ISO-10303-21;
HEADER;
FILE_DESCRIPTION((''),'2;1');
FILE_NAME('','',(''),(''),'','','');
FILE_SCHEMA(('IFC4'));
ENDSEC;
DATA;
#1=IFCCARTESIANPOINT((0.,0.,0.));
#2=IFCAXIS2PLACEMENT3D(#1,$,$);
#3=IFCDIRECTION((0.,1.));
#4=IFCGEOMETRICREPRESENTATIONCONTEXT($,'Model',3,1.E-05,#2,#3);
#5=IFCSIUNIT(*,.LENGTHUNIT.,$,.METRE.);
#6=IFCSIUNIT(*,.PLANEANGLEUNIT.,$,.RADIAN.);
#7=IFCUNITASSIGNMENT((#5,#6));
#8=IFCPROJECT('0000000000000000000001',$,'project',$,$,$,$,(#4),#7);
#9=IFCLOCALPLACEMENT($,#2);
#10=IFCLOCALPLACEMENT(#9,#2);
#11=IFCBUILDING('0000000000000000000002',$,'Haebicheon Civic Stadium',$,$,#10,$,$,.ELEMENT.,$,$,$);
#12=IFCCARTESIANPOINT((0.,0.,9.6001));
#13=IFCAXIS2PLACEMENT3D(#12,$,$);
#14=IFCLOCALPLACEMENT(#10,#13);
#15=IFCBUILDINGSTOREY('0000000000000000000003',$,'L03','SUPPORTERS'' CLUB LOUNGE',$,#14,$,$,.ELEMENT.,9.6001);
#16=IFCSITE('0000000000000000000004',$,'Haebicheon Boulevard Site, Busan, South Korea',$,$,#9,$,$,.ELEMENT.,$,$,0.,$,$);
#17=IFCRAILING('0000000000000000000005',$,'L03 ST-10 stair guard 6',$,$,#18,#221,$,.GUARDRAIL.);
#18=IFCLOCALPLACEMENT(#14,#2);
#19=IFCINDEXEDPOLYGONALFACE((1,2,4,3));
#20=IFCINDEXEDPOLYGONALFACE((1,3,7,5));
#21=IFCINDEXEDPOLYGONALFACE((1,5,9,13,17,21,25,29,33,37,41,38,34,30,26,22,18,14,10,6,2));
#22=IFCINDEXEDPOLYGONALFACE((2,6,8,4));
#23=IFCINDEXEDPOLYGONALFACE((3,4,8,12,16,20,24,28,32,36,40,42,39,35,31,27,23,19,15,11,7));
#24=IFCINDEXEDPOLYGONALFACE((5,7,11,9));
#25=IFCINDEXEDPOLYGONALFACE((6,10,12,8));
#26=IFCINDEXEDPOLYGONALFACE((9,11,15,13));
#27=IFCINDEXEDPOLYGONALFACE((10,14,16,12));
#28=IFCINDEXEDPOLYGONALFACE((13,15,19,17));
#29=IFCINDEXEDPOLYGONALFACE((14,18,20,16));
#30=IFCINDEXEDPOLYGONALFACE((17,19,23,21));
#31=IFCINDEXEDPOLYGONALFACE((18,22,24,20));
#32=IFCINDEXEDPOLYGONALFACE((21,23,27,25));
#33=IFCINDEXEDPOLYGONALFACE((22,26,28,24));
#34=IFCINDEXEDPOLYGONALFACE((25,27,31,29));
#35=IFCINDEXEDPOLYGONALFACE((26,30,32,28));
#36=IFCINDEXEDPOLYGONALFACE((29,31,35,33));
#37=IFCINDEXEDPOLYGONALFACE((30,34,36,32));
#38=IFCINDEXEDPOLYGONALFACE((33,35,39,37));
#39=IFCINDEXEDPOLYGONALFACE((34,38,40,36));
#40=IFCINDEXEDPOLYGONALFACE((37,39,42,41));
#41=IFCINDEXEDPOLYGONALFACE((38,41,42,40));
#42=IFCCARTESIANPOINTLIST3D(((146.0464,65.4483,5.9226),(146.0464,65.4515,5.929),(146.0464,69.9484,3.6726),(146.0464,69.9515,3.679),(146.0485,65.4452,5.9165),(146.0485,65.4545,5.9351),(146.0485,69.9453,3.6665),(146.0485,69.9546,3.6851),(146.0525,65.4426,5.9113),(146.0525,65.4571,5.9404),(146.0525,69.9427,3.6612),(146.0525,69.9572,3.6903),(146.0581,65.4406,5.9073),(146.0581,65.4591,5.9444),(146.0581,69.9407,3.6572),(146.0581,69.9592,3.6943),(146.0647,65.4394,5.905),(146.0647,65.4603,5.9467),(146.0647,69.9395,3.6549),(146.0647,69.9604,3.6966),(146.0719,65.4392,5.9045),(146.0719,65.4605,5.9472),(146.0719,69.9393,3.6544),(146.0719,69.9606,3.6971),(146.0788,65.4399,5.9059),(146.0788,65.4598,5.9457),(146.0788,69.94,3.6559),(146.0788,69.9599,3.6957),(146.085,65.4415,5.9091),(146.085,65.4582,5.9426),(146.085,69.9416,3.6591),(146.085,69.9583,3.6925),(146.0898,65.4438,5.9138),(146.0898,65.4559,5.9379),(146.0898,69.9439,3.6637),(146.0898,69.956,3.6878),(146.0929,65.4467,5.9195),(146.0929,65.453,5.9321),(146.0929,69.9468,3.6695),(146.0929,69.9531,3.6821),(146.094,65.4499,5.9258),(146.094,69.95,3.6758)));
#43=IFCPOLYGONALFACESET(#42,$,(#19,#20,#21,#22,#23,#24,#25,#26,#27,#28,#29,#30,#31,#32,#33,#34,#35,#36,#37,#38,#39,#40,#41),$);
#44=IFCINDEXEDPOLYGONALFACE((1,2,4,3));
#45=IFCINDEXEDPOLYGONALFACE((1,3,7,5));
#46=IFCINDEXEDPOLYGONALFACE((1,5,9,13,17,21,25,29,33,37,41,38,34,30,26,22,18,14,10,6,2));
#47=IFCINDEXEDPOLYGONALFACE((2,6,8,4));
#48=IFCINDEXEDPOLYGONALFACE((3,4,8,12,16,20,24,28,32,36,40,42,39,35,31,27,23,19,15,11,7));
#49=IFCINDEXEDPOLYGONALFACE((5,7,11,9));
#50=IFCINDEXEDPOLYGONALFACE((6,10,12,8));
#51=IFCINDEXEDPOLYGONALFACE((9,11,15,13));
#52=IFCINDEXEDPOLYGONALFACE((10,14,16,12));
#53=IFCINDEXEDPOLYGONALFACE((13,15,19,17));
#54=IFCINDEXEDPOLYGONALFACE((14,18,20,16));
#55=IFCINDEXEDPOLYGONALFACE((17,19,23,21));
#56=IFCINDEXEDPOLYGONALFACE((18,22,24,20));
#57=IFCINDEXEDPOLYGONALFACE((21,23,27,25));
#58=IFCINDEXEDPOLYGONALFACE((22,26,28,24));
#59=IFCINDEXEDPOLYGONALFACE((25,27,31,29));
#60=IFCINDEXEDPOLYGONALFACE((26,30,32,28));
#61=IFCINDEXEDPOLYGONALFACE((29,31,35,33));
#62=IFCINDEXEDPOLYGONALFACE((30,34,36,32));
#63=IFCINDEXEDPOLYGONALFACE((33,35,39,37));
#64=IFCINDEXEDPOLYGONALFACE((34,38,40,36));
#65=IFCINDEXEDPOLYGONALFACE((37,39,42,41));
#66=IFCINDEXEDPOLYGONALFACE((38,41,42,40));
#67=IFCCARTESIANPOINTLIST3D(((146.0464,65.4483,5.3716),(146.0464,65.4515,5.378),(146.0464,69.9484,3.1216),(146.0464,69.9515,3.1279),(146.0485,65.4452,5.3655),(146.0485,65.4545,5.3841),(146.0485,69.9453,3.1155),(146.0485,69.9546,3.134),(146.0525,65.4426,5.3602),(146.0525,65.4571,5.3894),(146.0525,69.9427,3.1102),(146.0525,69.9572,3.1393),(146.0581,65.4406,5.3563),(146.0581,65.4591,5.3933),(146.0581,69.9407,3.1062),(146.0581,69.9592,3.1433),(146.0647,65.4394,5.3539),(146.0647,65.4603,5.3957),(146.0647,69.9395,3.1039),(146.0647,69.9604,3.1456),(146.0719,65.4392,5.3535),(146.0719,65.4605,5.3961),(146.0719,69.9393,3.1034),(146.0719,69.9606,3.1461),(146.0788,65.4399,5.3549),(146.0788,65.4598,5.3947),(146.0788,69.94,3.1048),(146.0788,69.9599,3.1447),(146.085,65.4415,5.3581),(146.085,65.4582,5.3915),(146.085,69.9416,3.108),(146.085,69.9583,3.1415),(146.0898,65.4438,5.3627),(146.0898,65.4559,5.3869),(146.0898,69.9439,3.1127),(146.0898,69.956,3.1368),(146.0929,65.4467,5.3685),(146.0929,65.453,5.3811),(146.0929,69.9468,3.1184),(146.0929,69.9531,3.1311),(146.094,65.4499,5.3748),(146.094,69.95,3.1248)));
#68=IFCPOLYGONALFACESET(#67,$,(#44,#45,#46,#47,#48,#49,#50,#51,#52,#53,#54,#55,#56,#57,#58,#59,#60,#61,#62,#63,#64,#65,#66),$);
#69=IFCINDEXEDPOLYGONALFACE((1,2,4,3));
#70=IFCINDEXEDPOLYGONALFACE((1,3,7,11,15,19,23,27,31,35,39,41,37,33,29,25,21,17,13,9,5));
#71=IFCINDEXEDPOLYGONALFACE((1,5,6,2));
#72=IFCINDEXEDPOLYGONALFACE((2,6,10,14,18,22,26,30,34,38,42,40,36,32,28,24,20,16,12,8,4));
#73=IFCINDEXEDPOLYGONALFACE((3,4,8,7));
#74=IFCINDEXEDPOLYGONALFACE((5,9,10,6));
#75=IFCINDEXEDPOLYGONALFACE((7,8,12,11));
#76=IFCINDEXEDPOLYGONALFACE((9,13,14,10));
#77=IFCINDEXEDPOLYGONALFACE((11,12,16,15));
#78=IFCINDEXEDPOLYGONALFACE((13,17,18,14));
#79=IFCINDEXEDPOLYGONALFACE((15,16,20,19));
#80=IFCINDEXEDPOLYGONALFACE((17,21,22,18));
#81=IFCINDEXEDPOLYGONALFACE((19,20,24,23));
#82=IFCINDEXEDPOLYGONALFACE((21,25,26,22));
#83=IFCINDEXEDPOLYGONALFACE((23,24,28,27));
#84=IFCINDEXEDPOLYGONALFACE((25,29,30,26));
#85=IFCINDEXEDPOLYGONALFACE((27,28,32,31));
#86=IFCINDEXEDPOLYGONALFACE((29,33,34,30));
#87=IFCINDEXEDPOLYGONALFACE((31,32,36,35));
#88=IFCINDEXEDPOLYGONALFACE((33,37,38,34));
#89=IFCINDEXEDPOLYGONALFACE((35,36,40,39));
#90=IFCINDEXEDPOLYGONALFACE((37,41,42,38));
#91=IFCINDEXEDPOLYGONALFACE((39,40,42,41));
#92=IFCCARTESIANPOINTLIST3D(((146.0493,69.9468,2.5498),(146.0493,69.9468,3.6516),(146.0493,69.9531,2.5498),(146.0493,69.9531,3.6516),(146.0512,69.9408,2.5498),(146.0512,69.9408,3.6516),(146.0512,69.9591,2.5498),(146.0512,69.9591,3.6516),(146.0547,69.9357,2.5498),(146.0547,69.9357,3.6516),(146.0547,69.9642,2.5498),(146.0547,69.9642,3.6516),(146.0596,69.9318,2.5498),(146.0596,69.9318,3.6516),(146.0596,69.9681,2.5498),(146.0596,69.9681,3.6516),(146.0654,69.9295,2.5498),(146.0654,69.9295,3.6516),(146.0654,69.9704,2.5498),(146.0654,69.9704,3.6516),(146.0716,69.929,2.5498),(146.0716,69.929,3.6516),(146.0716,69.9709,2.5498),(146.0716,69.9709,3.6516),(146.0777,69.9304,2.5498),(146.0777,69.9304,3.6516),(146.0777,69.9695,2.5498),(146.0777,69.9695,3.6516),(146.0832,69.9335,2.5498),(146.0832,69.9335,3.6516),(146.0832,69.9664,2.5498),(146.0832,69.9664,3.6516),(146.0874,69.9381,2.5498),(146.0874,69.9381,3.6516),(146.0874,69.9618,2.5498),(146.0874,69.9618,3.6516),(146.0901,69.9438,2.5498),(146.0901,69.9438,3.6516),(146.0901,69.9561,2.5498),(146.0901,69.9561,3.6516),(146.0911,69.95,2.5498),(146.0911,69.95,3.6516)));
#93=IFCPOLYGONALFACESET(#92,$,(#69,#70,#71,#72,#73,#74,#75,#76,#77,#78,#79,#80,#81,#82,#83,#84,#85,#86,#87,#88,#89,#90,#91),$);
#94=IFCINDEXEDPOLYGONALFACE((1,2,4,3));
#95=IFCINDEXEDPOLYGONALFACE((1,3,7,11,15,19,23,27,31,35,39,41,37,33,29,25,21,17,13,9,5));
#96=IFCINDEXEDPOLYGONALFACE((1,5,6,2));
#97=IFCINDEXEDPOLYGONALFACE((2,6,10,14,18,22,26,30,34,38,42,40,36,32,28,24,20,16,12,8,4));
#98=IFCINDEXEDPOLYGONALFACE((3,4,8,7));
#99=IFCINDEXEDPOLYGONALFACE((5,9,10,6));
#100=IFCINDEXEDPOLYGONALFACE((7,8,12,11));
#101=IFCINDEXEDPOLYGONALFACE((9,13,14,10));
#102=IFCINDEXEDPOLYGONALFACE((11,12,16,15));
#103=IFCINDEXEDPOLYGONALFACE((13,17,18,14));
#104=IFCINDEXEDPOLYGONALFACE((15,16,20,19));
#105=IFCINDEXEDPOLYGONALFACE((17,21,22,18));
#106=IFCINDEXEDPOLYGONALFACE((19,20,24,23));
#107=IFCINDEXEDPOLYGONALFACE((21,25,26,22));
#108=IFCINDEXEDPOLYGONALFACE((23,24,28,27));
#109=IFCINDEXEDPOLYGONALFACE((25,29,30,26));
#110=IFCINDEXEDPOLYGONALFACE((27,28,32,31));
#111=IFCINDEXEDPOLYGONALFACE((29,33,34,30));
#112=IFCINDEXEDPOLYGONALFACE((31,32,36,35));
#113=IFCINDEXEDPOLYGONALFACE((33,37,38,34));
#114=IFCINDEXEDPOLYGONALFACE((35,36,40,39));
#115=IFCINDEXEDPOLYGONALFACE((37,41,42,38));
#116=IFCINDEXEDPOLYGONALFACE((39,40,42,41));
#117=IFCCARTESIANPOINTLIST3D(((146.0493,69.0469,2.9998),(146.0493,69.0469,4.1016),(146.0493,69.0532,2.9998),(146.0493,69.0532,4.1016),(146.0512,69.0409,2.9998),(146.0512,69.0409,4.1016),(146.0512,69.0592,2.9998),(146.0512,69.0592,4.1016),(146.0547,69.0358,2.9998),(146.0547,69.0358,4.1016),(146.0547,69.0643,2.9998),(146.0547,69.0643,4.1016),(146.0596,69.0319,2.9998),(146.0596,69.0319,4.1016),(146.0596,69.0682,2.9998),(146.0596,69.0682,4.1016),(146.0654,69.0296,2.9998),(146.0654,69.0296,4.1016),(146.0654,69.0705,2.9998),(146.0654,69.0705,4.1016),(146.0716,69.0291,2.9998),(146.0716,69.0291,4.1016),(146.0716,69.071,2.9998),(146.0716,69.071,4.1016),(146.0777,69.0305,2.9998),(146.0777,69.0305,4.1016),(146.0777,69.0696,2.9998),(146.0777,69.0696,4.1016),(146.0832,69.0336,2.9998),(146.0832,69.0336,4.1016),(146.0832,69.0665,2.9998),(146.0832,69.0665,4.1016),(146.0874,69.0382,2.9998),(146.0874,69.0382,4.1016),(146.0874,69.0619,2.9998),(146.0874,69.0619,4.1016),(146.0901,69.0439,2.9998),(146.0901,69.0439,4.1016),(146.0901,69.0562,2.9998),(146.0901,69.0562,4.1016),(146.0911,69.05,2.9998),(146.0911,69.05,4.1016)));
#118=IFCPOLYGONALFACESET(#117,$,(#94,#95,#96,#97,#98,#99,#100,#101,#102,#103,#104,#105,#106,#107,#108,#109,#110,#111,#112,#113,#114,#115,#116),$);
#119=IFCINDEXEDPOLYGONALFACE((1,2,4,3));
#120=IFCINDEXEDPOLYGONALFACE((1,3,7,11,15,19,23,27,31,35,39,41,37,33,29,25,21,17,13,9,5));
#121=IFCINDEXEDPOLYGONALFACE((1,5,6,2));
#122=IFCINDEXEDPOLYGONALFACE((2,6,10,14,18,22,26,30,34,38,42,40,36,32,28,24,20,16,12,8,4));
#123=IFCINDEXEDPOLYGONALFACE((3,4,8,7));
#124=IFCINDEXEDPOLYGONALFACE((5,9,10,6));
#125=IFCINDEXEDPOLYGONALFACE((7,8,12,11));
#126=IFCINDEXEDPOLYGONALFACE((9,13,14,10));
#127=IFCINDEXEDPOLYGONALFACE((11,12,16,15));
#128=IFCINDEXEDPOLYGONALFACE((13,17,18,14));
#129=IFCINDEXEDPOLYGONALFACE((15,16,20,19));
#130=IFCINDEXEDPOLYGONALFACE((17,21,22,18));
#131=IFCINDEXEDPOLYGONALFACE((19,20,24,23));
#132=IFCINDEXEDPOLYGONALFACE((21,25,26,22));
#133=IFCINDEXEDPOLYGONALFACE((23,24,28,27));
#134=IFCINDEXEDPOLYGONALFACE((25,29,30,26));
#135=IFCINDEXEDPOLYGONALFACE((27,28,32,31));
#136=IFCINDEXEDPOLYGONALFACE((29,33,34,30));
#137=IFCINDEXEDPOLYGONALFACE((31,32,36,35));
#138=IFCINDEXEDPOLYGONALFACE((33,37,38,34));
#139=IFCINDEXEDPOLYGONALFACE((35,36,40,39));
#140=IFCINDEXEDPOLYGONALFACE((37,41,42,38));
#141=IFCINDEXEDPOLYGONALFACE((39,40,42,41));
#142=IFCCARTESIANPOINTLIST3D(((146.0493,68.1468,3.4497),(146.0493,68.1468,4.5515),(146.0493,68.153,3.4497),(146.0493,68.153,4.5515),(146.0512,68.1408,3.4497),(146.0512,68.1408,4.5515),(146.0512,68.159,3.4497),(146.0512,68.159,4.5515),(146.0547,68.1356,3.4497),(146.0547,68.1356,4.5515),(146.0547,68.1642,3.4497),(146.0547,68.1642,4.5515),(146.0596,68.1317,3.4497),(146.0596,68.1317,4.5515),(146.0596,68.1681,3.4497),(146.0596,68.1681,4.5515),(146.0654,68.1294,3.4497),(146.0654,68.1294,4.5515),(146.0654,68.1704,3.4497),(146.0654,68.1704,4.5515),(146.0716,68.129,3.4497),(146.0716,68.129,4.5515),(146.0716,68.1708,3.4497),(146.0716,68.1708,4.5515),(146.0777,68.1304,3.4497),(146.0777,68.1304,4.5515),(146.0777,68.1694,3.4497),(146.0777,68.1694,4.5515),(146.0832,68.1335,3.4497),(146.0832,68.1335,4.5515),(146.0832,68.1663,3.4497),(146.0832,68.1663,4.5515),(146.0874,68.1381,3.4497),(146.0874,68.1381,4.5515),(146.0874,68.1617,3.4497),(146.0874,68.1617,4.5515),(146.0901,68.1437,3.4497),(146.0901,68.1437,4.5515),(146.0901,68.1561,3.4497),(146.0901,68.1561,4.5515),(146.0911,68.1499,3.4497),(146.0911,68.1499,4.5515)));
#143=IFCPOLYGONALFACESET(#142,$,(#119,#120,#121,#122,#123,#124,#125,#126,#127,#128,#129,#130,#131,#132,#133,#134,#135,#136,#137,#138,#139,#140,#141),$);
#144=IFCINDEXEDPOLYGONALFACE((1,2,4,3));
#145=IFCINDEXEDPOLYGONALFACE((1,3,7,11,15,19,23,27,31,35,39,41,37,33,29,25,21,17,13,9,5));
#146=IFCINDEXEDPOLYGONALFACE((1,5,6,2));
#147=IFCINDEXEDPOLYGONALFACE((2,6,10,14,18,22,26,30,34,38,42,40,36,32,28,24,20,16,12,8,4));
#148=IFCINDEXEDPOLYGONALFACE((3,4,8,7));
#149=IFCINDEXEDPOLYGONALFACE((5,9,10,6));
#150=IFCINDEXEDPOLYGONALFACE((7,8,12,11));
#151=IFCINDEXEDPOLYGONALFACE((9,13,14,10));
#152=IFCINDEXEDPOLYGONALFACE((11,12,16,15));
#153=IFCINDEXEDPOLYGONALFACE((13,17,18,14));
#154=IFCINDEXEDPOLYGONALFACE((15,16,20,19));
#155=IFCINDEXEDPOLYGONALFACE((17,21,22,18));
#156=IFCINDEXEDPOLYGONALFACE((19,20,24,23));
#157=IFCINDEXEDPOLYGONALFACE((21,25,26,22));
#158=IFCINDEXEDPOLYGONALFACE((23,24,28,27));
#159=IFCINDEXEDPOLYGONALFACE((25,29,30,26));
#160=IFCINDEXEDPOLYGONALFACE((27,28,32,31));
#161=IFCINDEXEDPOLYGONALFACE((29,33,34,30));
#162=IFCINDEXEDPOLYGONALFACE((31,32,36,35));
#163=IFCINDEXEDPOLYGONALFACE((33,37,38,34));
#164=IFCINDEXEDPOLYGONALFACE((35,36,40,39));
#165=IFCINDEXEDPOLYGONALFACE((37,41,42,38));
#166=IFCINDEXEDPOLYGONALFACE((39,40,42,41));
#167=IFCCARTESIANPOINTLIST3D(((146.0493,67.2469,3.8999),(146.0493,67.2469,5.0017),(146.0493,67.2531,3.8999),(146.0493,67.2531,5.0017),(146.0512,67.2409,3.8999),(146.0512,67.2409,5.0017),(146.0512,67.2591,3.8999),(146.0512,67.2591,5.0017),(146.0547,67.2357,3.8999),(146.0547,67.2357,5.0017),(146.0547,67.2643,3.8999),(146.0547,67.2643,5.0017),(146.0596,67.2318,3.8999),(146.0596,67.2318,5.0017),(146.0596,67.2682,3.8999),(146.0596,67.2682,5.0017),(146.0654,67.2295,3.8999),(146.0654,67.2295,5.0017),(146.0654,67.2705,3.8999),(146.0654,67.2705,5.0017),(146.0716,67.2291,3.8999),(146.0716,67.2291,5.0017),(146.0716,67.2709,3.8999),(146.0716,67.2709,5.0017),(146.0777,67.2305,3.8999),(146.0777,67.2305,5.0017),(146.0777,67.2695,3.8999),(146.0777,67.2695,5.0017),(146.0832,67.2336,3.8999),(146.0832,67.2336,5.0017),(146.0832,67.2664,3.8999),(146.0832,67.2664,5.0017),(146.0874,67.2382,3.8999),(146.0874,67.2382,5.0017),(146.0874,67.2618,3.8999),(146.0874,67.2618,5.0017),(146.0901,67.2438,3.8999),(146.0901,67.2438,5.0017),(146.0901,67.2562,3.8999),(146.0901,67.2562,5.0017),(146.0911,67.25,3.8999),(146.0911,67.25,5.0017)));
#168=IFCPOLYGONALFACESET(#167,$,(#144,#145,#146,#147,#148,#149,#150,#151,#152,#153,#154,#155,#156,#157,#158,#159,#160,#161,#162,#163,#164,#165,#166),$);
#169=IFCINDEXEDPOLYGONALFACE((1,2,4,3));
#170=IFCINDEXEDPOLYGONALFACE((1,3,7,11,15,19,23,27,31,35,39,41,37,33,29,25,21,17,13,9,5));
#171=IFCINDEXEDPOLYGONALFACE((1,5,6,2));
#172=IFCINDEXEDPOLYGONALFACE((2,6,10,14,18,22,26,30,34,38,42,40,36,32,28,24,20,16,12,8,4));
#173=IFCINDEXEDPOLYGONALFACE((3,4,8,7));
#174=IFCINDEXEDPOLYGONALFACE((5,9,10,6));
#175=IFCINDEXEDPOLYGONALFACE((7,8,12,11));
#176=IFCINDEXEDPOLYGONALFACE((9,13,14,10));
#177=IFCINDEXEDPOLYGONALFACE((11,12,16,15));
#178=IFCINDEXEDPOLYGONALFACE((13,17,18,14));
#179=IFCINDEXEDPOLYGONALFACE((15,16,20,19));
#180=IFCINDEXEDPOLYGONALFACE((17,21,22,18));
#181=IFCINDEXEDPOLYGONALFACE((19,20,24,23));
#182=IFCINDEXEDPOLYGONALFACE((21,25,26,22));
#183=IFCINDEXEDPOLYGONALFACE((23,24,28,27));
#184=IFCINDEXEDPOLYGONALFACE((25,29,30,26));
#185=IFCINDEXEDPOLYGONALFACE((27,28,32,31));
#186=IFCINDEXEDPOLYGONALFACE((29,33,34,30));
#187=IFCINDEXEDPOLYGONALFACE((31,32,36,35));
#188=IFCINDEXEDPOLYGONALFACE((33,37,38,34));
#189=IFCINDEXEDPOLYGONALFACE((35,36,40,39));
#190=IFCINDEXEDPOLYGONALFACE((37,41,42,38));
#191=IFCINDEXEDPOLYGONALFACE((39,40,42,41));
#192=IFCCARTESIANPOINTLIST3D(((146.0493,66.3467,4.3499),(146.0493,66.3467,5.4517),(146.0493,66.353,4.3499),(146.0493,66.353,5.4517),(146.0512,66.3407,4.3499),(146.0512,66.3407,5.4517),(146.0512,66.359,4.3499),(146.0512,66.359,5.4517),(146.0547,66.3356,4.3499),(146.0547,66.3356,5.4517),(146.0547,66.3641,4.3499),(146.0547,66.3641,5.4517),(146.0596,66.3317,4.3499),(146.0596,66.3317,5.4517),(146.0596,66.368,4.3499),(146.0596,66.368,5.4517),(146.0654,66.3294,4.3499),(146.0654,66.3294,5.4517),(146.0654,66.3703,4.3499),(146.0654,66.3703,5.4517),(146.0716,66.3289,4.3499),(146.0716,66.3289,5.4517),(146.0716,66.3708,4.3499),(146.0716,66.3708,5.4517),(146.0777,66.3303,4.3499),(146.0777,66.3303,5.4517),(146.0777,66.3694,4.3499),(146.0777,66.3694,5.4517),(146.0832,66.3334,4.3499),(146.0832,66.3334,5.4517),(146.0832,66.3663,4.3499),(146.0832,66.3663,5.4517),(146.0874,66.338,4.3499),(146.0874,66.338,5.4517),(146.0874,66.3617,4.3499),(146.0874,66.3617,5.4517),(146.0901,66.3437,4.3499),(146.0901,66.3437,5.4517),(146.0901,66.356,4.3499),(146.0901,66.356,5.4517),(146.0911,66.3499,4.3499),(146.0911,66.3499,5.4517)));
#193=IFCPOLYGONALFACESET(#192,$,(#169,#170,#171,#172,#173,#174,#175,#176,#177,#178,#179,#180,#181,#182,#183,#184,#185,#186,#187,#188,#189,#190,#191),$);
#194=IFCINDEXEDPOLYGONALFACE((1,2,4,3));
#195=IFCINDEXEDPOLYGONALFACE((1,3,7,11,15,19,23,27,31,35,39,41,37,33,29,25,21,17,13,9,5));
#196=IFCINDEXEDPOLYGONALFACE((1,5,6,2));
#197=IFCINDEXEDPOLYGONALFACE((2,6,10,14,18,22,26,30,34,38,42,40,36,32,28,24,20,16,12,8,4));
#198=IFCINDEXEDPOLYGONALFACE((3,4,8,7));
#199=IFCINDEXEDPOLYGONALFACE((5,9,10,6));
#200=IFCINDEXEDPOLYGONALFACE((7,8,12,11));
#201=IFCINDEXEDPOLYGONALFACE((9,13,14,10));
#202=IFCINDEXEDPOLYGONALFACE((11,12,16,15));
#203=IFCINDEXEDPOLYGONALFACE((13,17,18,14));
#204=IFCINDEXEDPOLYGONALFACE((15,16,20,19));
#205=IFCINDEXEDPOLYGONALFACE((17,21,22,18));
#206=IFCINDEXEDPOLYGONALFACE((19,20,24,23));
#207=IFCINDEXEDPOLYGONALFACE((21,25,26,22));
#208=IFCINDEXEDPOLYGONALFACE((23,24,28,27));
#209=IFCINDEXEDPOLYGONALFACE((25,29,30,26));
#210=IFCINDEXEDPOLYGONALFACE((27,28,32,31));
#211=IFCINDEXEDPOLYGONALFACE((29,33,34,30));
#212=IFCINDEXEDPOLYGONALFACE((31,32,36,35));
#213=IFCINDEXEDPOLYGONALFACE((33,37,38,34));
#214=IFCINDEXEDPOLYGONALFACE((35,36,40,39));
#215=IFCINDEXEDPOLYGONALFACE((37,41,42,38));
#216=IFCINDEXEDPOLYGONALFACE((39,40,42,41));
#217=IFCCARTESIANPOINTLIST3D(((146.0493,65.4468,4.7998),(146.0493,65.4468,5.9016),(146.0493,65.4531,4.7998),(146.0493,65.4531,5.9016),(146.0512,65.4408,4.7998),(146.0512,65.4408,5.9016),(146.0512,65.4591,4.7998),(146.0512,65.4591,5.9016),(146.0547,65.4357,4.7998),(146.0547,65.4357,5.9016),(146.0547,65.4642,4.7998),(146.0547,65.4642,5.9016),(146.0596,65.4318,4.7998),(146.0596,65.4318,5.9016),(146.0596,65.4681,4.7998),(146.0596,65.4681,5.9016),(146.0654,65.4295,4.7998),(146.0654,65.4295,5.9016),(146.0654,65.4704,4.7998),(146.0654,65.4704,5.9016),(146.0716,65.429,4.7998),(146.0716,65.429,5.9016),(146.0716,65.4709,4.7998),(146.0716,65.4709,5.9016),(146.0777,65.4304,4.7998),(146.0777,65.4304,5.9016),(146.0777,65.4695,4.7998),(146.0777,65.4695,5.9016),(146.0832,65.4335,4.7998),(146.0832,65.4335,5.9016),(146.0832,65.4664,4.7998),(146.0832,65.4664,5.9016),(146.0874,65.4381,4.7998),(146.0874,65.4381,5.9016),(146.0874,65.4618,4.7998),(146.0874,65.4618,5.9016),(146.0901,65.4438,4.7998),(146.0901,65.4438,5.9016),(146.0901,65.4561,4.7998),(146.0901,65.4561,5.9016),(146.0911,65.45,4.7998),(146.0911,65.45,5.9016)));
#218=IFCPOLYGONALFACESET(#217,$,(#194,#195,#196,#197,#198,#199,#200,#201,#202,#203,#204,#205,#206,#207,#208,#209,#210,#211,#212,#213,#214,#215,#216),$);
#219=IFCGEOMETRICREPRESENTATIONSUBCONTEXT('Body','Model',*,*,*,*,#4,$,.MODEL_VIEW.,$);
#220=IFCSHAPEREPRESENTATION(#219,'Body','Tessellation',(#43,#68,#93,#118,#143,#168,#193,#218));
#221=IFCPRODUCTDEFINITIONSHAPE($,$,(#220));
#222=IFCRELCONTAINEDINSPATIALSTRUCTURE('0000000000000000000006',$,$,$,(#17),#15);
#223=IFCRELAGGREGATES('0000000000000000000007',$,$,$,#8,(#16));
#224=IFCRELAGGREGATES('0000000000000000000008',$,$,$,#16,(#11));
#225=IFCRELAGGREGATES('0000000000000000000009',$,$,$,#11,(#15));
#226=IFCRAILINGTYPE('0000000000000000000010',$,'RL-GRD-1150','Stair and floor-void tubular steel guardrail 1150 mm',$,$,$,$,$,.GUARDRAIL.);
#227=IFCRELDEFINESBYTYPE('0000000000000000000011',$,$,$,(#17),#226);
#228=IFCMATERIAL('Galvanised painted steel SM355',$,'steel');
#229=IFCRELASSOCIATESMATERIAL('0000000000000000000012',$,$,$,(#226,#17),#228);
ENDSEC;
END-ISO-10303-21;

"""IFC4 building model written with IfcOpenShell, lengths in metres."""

from ifc_helpers import new_model, si_unit, direction, frame, origin, origin_2d, place, context, subcontext, project, spatial, circle, extrude, material, type_object, element, save


model = new_model("IFC4")

# Units and contexts
model_context = context("Model", 3, precision=1e-05, world=origin(), true_north=direction((0.0, 1.0)))
body_context = subcontext(model_context, "Body", "Model", "MODEL_VIEW")
ifc_project = project(units=[si_unit("LENGTHUNIT", "METRE"), si_unit("PLANEANGLEUNIT", "RADIAN")], contexts=[model_context])

# Site, building, storey
site_placement = place(None, origin())
site = spatial("IfcSite", under=ifc_project, at=site_placement, Name="Haebicheon Boulevard Site, Busan, South Korea", CompositionType="ELEMENT", RefElevation=0.0)
building_placement = place(site_placement, origin())
building = spatial("IfcBuilding", under=site, at=building_placement, Name="Haebicheon Civic Stadium", CompositionType="ELEMENT")
storey_placement = place(building_placement, frame((0.0, 0.0, 9.6001)))
storey = spatial("IfcBuildingStorey", under=building, at=storey_placement, Name="L03", Description="SUPPORTERS' CLUB LOUNGE", CompositionType="ELEMENT", Elevation=9.6001)

# Railing
ifc_material_1 = material(Name="Galvanised painted steel SM355", Category="steel")
railing_type_1 = type_object("IfcRailingType", Name="RL-GRD-1150", Description="Stair and floor-void tubular steel guardrail 1150 mm", PredefinedType="GUARDRAIL", material=ifc_material_1)
railing_1_placement = place(storey_placement, frame((146.0701, 69.95, 2.5498)))
element("IfcRailing", 1, at=railing_1_placement, inside=storey, type_object=railing_type_1, material=ifc_material_1, Name="L03 ST-10 stair guard 6", PredefinedType="GUARDRAIL", context=body_context, shape_type="SweptSolid", body=[
    extrude(circle(Radius=0.0239, at=origin_2d()), frame((0.0, 0.0, 1.126), z_axis=(0.0, -0.894427, 0.447214), x_axis=(1.0, 0.0, 0.0)), (0.0, 0.0, 1.0), 5.0312),
    extrude(circle(Radius=0.0239, at=origin_2d()), frame((0.0, 0.0, 0.575), z_axis=(0.0, -0.894427, 0.447214), x_axis=(1.0, 0.0, 0.0)), (0.0, 0.0, 1.0), 5.0312),
    extrude(circle(Radius=0.021, at=origin_2d()), origin(), (0.0, 0.0, 1.0), 1.1018),
    extrude(circle(Radius=0.021, at=origin_2d()), frame((0.0, -0.8999, 0.45)), (0.0, 0.0, 1.0), 1.1018),
    extrude(circle(Radius=0.021, at=origin_2d()), frame((0.0, -1.8, 0.8999)), (0.0, 0.0, 1.0), 1.1018),
    extrude(circle(Radius=0.021, at=origin_2d()), frame((0.0, -2.7, 1.3501)), (0.0, 0.0, 1.0), 1.1018),
    extrude(circle(Radius=0.021, at=origin_2d()), frame((0.0, -3.6001, 1.8)), (0.0, 0.0, 1.0), 1.1018),
    extrude(circle(Radius=0.021, at=origin_2d()), frame((0.0, -4.5, 2.25)), (0.0, 0.0, 1.0), 1.1018),
])

save(model, "model.ifc")
